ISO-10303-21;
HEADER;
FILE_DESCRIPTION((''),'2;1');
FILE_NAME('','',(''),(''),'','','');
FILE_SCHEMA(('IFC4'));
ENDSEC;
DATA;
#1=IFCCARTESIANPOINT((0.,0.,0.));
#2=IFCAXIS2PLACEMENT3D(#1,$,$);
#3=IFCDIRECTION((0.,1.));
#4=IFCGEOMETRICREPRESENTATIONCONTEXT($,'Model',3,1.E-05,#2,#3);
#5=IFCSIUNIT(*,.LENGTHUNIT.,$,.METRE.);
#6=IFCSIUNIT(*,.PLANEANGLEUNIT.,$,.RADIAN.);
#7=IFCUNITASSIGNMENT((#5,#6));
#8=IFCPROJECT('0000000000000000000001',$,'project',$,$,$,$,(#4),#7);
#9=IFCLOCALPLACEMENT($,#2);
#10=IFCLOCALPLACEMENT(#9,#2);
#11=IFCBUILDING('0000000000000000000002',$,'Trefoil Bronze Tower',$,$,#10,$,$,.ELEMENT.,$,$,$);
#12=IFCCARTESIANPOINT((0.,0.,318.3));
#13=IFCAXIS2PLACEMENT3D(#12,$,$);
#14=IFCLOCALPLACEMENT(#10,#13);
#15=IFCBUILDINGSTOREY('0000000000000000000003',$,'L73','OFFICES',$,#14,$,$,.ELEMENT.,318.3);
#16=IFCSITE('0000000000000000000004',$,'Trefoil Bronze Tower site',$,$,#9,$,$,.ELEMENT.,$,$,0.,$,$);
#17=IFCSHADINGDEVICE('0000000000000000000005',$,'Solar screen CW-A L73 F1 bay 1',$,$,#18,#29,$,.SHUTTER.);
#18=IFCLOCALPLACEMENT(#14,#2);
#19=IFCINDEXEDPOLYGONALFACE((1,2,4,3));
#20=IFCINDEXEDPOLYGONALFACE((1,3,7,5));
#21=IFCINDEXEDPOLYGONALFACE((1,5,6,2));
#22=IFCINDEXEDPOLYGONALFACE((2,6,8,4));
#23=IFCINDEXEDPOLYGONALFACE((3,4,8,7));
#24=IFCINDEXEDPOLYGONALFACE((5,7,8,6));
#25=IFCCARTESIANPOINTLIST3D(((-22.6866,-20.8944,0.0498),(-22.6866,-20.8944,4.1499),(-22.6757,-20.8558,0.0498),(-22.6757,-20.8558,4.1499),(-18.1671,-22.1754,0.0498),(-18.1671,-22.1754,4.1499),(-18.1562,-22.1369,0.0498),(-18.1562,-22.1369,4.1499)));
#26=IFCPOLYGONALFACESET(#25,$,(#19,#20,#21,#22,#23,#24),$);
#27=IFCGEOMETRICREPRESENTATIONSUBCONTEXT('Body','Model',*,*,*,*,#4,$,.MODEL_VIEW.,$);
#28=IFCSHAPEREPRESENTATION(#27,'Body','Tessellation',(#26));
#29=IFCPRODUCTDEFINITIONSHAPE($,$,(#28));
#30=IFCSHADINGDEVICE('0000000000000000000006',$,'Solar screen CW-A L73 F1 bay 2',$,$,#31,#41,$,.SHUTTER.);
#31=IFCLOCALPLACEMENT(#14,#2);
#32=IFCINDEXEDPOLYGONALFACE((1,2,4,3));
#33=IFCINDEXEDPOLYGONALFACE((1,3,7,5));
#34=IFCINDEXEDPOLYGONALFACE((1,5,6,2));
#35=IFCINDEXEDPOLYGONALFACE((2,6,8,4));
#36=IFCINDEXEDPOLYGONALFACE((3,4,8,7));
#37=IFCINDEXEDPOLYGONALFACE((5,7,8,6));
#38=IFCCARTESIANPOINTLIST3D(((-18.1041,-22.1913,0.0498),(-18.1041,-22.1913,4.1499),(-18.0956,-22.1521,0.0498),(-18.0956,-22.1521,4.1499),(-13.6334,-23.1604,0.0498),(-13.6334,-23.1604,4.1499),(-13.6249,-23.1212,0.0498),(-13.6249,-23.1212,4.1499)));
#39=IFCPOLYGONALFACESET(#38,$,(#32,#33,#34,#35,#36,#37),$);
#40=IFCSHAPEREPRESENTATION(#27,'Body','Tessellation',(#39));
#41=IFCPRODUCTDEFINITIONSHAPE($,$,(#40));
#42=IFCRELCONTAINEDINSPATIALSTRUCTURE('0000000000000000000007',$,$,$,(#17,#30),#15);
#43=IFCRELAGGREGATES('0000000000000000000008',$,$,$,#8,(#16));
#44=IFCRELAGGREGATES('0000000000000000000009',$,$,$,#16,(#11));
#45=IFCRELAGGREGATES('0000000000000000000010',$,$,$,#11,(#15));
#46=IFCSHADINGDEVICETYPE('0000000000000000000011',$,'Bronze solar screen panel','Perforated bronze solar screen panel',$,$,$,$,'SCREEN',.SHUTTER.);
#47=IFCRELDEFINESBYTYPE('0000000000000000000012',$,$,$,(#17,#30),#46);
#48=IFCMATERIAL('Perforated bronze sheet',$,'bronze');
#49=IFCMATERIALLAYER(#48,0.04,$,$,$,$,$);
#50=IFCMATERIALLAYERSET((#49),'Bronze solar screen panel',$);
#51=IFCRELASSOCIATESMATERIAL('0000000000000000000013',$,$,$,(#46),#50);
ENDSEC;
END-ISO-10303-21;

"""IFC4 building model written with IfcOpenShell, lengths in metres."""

from ifc_helpers import new_model, si_unit, direction, frame, origin, origin_2d, place, context, subcontext, project, spatial, rectangle, extrude, material, layer, layer_set, type_object, element, save


model = new_model("IFC4")

# Units and contexts
model_context = context("Model", 3, precision=1e-05, world=origin(), true_north=direction((0.0, 1.0)))
body_context = subcontext(model_context, "Body", "Model", "MODEL_VIEW")
ifc_project = project(units=[si_unit("LENGTHUNIT", "METRE"), si_unit("PLANEANGLEUNIT", "RADIAN")], contexts=[model_context])

# Site, building, storey
site_placement = place(None, origin())
site = spatial("IfcSite", under=ifc_project, at=site_placement, Name="Trefoil Bronze Tower site", CompositionType="ELEMENT", RefElevation=0.0)
building_placement = place(site_placement, origin())
building = spatial("IfcBuilding", under=site, at=building_placement, Name="Trefoil Bronze Tower", CompositionType="ELEMENT")
storey_placement = place(building_placement, frame((0.0, 0.0, 318.3)))
storey = spatial("IfcBuildingStorey", under=building, at=storey_placement, Name="L73", Description="OFFICES", CompositionType="ELEMENT", Elevation=318.3)

# Shading devices
ifc_material_1 = material(Name="Perforated bronze sheet", Category="bronze")
ifc_layer_1 = layer(ifc_material_1, 0.04)
ifc_layer_set_1 = layer_set([ifc_layer_1], Name="Bronze solar screen panel")
shading_device_type = type_object("IfcShadingDeviceType", Name="Bronze solar screen panel", Description="Perforated bronze solar screen panel", ElementType="SCREEN", PredefinedType="SHUTTER", material=ifc_layer_set_1)
shading_device_1_placement = place(storey_placement, frame((-20.4214, -21.5156, 0.0498), z_axis=(0.0, 0.0, 1.0), x_axis=(0.962098, -0.272705, 0.0)))
element("IfcShadingDevice", 1, at=shading_device_1_placement, inside=storey, type_object=shading_device_type, Name="Solar screen CW-A L73 F1 bay 1", PredefinedType="SHUTTER", context=body_context, shape_type="SweptSolid", body=[
    extrude(rectangle(XDim=4.6975, YDim=0.04, at=origin_2d()), origin(), (0.0, 0.0, 1.0), 4.1001),
])
shading_device_2_placement = place(storey_placement, frame((-15.8645, -22.6562, 0.0498), z_axis=(0.0, 0.0, 1.0), x_axis=(0.977303, -0.211846, 0.0)))
element("IfcShadingDevice", 2, at=shading_device_2_placement, inside=storey, type_object=shading_device_type, Name="Solar screen CW-A L73 F1 bay 2", PredefinedType="SHUTTER", context=body_context, shape_type="SweptSolid", body=[
    extrude(rectangle(XDim=4.5745, YDim=0.04, at=origin_2d()), origin(), (0.0, 0.0, 1.0), 4.1001),
])

save(model, "model.ifc")
